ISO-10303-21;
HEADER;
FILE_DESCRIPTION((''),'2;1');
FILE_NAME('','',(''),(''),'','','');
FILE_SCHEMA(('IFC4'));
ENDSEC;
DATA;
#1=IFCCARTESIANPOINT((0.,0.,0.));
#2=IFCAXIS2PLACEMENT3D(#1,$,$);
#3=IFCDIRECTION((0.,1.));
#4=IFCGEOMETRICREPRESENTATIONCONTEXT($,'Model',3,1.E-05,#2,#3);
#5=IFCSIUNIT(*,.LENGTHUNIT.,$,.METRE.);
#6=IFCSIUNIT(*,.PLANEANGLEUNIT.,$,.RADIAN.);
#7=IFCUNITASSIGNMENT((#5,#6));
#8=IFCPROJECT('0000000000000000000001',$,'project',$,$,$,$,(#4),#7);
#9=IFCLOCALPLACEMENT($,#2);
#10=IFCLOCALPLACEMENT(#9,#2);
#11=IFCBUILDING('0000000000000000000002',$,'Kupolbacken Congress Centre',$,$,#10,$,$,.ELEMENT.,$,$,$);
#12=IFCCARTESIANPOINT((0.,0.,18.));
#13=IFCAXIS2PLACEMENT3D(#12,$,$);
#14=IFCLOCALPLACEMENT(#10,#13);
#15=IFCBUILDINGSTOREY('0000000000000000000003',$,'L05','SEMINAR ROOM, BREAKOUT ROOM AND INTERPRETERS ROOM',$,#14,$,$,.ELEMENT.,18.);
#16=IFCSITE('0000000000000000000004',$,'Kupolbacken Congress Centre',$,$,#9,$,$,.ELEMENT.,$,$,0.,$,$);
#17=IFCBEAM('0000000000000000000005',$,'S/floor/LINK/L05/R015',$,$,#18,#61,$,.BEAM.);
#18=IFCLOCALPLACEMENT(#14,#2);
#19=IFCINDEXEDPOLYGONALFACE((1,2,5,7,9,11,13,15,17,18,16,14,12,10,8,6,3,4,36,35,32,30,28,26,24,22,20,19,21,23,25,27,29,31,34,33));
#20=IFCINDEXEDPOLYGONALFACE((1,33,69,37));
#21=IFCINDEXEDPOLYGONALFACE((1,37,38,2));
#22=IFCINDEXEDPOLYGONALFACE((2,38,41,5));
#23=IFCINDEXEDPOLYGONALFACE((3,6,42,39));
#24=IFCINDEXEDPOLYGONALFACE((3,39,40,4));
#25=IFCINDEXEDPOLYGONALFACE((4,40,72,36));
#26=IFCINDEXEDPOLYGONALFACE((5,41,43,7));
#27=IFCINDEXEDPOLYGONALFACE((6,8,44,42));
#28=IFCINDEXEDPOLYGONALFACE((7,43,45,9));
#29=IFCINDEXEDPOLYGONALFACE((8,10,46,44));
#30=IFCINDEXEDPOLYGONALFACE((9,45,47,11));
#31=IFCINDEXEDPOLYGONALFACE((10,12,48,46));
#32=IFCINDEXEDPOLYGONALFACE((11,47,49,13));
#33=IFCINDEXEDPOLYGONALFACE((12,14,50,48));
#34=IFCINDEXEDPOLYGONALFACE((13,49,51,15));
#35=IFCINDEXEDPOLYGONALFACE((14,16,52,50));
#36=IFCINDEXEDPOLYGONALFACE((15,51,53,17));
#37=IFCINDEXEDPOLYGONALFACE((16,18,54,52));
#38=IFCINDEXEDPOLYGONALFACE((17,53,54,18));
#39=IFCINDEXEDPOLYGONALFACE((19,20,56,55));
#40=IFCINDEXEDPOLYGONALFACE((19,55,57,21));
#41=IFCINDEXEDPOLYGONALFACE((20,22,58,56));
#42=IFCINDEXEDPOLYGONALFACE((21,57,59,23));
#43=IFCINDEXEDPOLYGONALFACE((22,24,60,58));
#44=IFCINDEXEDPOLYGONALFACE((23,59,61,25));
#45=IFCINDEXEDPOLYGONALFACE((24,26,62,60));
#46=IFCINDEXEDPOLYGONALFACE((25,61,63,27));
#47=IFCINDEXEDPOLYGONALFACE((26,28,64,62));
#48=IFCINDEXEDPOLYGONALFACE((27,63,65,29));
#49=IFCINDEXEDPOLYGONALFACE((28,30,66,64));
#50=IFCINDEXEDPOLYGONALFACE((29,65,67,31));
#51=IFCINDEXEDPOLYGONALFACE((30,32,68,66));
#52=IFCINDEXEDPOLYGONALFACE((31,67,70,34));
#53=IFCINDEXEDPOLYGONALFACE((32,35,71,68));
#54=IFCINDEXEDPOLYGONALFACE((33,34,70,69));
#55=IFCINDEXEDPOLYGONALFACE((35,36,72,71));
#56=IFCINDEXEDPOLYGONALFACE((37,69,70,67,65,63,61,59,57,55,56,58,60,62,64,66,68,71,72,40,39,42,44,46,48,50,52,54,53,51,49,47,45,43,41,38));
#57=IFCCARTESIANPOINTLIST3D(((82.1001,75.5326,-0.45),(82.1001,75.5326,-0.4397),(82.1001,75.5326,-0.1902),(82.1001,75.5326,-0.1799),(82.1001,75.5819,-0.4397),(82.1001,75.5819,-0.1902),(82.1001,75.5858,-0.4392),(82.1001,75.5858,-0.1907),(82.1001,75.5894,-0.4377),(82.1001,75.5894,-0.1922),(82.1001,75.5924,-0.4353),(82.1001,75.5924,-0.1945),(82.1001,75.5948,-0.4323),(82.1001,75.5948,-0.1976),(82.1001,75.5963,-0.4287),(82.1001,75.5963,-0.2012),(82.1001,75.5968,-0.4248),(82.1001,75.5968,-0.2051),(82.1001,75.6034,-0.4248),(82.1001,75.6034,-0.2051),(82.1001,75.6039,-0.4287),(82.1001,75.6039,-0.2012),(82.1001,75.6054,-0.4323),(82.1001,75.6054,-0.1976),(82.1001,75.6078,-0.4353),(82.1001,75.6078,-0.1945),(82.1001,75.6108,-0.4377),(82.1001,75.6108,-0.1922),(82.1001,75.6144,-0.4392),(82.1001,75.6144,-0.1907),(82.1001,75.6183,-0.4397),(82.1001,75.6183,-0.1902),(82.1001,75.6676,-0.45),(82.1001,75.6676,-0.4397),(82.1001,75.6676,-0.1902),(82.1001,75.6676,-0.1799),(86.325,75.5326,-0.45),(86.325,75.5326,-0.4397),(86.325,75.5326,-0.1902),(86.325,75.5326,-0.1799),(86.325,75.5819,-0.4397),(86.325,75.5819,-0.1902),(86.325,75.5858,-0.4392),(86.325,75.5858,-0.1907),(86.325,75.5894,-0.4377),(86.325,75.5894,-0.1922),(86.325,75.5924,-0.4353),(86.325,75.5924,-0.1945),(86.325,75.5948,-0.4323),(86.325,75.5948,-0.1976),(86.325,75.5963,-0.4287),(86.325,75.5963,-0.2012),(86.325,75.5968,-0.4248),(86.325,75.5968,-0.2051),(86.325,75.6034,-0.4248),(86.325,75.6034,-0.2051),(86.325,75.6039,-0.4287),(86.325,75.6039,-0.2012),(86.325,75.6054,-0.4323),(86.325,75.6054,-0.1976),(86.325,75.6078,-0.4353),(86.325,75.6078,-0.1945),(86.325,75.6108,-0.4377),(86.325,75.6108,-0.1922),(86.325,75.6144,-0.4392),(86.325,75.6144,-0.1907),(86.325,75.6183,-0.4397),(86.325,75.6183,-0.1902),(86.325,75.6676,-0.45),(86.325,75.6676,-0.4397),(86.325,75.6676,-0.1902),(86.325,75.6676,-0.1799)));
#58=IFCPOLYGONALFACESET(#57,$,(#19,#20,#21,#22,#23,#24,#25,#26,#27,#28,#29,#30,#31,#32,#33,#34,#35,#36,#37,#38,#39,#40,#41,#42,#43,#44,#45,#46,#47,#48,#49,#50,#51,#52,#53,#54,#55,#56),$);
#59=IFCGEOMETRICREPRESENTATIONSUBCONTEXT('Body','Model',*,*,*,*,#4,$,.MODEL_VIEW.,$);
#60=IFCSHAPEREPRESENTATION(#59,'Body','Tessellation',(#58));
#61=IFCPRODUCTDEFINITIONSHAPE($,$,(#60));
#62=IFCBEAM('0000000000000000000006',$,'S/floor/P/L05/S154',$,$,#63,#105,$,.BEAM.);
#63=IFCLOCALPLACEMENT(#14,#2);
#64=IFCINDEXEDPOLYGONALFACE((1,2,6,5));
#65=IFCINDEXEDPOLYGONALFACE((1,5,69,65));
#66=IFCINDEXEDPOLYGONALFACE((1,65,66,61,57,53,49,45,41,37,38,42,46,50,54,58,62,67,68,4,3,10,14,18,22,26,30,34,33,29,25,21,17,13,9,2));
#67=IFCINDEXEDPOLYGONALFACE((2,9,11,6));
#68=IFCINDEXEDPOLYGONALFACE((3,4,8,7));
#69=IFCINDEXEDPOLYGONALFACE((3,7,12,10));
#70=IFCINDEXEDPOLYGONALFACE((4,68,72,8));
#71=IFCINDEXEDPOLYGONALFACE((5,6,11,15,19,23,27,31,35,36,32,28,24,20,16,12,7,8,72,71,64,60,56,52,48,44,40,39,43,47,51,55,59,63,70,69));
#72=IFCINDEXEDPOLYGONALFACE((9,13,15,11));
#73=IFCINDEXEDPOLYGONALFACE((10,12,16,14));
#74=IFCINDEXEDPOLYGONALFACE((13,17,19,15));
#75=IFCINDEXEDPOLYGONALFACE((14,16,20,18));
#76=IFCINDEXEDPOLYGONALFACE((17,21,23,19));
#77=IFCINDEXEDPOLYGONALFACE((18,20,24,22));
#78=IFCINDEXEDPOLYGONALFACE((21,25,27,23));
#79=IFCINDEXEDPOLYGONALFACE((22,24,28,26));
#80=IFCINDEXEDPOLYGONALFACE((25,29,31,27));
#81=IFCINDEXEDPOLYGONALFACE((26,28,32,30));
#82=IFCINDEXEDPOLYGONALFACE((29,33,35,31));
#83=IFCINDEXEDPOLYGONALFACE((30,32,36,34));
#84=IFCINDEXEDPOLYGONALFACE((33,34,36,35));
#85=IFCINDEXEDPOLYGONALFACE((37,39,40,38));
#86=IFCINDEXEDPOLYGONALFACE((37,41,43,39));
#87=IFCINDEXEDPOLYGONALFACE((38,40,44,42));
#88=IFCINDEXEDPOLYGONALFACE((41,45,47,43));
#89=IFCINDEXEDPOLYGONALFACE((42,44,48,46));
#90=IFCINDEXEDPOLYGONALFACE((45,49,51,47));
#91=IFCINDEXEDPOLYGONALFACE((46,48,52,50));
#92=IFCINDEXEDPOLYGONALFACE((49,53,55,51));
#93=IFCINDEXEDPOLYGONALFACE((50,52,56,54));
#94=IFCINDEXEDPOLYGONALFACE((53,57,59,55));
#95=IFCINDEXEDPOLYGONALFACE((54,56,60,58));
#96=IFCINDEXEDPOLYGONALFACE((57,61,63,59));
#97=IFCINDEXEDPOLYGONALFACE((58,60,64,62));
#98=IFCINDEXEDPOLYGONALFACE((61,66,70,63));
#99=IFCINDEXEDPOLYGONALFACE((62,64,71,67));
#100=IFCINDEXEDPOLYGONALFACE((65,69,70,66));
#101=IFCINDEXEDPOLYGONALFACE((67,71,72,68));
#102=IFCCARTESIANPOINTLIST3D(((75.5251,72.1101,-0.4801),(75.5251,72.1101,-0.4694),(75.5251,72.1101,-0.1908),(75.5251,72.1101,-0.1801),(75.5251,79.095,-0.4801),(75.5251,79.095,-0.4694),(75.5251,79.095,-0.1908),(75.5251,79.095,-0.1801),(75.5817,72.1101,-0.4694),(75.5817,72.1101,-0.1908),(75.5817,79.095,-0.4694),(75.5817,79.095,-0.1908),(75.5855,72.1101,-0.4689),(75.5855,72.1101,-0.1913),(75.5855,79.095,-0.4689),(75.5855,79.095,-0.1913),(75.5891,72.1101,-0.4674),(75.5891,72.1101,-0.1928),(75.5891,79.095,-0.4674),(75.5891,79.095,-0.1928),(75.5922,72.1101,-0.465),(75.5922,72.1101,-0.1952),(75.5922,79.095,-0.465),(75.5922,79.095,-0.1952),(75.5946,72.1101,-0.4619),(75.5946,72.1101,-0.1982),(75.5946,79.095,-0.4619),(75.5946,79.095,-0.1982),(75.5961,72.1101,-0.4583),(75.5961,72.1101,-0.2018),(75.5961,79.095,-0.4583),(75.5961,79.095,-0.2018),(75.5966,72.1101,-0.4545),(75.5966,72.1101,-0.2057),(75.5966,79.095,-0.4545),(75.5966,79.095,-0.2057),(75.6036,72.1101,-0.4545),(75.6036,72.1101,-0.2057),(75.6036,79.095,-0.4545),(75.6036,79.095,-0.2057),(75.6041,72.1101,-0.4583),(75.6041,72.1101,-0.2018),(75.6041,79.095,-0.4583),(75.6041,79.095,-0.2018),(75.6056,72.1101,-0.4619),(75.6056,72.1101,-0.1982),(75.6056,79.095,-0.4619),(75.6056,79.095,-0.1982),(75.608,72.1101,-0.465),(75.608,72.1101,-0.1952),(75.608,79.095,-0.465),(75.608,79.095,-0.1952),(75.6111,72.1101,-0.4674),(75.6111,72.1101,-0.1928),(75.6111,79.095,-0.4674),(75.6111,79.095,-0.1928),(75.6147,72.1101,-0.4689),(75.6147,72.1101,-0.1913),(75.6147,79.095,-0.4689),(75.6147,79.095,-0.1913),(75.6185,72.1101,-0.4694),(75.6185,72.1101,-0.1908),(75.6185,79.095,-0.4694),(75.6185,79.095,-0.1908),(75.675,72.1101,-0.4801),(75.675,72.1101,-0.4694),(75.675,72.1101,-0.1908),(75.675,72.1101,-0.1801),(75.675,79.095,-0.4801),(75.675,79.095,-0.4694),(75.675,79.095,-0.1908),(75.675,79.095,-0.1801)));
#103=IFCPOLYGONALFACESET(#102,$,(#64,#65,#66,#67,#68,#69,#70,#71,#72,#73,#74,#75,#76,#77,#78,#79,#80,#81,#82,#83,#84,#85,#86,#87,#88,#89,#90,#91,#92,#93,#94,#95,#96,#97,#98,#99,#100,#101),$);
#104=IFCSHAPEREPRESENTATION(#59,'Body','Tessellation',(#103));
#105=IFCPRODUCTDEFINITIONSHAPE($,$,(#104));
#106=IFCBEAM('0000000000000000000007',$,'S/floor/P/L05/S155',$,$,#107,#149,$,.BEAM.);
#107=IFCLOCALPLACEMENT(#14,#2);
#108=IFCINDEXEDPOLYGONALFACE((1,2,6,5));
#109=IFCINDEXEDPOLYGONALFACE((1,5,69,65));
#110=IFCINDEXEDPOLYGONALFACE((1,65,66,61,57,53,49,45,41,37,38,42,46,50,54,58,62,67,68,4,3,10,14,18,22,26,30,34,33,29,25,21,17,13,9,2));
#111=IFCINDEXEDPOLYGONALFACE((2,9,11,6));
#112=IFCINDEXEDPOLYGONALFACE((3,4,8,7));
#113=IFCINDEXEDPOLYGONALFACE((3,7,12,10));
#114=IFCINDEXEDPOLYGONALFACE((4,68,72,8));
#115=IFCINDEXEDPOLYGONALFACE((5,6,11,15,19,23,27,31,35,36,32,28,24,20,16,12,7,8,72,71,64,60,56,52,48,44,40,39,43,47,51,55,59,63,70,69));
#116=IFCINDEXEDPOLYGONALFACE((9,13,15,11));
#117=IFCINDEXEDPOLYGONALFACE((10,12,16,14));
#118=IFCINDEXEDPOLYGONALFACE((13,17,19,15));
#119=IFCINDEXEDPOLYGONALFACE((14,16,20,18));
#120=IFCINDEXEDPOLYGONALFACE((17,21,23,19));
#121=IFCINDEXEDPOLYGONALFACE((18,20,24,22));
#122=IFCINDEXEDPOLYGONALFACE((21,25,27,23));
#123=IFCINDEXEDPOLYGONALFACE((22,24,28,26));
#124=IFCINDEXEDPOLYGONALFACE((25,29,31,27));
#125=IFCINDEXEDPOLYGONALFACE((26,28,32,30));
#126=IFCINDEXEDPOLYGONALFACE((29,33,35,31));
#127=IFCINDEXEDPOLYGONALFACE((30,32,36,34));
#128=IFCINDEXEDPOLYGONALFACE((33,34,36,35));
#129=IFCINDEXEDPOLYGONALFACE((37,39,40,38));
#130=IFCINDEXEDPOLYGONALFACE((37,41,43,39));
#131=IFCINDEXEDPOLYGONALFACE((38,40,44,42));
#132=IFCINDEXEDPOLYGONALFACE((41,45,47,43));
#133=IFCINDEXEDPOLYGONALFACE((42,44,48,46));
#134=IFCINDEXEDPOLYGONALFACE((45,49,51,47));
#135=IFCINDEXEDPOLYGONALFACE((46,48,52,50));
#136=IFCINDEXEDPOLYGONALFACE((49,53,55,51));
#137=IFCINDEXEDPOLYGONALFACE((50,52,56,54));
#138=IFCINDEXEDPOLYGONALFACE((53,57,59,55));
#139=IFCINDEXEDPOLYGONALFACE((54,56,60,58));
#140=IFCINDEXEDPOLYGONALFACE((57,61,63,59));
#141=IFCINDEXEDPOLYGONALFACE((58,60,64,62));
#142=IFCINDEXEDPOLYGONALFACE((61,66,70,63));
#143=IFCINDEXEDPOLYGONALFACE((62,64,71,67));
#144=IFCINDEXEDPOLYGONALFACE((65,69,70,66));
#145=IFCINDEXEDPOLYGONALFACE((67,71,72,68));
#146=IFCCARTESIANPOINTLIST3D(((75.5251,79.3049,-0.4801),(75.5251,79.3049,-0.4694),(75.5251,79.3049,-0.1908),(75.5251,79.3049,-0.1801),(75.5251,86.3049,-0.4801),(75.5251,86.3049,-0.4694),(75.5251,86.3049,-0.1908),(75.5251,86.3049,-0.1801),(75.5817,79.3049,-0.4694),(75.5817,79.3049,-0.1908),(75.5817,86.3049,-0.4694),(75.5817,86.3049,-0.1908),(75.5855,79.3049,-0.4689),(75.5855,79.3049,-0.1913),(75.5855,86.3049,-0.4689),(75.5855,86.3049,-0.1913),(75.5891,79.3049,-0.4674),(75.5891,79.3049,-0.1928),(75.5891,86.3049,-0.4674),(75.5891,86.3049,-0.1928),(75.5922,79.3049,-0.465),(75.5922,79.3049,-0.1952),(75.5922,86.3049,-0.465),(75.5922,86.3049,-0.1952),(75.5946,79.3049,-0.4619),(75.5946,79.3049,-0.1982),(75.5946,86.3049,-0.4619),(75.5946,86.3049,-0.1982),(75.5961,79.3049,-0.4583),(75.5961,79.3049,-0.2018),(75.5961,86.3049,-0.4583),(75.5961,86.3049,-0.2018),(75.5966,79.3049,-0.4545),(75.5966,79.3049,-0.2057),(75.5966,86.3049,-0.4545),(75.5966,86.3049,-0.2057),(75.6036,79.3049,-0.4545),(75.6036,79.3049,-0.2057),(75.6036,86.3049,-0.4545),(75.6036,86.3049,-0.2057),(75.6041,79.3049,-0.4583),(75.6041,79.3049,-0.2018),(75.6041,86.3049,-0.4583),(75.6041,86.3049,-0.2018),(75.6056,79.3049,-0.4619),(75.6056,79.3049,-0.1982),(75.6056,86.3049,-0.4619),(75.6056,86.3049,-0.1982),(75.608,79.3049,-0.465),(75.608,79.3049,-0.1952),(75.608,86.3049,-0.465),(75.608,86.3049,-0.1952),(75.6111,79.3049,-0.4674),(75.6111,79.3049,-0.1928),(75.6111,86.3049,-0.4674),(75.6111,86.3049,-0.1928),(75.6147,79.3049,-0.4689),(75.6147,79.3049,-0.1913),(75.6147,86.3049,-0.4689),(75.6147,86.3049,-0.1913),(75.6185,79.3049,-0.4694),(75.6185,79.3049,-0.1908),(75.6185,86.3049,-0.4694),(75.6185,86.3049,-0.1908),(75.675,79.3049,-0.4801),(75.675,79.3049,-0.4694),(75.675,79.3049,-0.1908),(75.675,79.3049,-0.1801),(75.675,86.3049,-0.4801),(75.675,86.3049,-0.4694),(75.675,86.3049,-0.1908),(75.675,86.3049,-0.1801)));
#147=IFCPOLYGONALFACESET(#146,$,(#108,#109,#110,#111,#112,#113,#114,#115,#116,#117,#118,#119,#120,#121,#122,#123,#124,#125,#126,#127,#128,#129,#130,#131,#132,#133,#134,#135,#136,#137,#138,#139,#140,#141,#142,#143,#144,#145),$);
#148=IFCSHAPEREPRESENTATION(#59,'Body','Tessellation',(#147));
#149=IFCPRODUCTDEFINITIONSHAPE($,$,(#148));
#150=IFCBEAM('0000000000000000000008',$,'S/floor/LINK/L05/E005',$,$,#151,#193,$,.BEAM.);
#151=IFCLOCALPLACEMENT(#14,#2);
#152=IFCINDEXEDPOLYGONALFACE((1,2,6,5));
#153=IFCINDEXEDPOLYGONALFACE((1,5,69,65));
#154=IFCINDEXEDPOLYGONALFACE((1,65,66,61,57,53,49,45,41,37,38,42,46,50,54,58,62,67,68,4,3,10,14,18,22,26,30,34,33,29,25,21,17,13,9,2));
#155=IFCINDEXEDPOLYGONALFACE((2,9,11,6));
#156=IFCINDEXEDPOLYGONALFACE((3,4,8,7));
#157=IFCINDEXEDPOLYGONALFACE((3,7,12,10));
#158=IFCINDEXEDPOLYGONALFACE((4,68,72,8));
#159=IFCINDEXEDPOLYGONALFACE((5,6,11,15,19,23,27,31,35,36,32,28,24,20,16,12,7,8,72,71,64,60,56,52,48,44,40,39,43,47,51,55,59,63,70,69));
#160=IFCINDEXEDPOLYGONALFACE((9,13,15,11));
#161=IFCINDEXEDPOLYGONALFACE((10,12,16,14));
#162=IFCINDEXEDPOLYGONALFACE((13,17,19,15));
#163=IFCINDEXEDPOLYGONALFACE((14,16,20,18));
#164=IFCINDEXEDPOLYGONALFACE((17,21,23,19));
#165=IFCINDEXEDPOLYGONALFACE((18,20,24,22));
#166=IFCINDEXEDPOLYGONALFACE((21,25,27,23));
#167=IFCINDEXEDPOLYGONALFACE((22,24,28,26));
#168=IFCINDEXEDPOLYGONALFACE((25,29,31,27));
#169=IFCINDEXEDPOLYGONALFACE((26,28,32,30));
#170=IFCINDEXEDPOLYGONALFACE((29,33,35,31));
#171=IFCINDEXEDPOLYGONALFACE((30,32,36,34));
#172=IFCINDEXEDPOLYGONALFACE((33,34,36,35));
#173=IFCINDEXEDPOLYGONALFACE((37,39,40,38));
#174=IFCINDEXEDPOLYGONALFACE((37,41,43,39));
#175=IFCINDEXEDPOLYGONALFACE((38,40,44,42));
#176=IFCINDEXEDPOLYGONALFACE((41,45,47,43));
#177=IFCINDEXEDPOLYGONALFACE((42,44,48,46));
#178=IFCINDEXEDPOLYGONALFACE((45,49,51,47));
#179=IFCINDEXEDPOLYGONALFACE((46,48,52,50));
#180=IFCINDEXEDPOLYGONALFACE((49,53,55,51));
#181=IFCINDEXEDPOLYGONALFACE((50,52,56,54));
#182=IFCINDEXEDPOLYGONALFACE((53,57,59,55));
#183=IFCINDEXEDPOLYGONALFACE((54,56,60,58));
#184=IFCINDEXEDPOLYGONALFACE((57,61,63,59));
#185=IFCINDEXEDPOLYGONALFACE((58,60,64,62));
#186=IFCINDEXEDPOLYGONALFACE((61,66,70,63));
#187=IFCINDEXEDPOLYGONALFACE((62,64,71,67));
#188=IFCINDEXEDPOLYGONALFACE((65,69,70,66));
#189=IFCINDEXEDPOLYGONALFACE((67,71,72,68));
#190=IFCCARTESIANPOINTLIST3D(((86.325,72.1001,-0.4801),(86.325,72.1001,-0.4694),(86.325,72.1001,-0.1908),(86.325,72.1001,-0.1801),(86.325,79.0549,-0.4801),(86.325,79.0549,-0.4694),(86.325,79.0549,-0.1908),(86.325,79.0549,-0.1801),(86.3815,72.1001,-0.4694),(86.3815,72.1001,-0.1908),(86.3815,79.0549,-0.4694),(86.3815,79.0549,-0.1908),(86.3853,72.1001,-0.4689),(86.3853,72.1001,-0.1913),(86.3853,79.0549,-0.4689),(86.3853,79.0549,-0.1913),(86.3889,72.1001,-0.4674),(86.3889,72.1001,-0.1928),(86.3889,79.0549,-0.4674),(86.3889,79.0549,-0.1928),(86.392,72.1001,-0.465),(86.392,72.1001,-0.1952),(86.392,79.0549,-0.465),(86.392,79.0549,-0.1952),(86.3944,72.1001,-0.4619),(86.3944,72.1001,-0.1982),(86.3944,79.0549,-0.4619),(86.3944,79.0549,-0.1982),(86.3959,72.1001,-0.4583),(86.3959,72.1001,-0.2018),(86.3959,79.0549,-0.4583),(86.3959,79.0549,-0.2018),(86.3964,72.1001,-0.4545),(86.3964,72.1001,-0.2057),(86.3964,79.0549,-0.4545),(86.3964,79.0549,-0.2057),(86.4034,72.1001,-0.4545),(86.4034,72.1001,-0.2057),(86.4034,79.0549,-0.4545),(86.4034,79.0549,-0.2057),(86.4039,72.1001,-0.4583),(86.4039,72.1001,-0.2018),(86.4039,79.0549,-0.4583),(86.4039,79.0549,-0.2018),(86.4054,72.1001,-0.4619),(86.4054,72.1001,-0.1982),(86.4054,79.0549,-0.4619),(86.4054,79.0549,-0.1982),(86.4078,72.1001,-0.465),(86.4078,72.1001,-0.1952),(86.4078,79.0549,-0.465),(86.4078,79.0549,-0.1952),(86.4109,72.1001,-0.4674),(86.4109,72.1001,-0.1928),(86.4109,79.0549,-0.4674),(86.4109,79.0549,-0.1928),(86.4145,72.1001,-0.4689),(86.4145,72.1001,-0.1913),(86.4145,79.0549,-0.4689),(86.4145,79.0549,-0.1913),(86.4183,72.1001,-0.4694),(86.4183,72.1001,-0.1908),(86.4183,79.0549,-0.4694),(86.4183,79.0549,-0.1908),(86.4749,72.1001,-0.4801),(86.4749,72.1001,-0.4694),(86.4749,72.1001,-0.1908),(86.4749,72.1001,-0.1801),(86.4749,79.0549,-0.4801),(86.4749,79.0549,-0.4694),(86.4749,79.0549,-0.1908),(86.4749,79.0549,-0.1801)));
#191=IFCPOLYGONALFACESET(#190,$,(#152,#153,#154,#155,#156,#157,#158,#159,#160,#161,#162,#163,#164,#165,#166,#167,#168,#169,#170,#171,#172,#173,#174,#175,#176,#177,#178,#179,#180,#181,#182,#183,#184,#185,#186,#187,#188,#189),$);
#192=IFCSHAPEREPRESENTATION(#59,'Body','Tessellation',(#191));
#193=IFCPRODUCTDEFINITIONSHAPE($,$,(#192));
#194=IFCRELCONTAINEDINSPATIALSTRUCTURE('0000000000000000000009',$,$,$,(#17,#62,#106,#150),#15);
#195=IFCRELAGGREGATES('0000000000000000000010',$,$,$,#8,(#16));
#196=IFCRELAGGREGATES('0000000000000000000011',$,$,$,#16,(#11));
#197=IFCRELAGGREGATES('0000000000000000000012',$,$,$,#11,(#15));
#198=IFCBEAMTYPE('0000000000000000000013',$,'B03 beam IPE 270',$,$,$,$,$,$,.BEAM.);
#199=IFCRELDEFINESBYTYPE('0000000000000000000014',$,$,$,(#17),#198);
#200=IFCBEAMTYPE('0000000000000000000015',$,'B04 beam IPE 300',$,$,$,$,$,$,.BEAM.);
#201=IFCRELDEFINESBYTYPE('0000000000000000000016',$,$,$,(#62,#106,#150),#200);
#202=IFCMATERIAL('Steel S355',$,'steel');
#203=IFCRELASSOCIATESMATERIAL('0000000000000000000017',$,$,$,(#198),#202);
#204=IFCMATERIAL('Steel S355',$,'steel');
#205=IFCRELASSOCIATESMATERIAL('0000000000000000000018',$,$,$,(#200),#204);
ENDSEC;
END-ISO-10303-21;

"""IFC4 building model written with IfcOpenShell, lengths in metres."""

from ifc_helpers import new_model, si_unit, direction, frame, origin, origin_2d, place, context, subcontext, project, spatial, i_section, extrude, material, material_profile, profile_set, type_object, element, save


model = new_model("IFC4")

# Units and contexts
model_context = context("Model", 3, precision=1e-05, world=origin(), true_north=direction((0.0, 1.0)))
body_context = subcontext(model_context, "Body", "Model", "MODEL_VIEW")
ifc_project = project(units=[si_unit("LENGTHUNIT", "METRE"), si_unit("PLANEANGLEUNIT", "RADIAN")], contexts=[model_context])

# Site, building, storey
site_placement = place(None, origin())
site = spatial("IfcSite", under=ifc_project, at=site_placement, Name="Kupolbacken Congress Centre", CompositionType="ELEMENT", RefElevation=0.0)
building_placement = place(site_placement, origin())
building = spatial("IfcBuilding", under=site, at=building_placement, Name="Kupolbacken Congress Centre", CompositionType="ELEMENT")
storey_placement = place(building_placement, frame((0.0, 0.0, 18.0)))
storey = spatial("IfcBuildingStorey", under=building, at=storey_placement, Name="L05", Description="SEMINAR ROOM, BREAKOUT ROOM AND INTERPRETERS ROOM", CompositionType="ELEMENT", Elevation=18.0)

# Beams
ifc_material_1 = material(Name="Steel S355", Category="steel")
ifc_material_profile_1 = material_profile(ifc_material_1, i_section(OverallWidth=0.135, OverallDepth=0.27, WebThickness=0.0066, FlangeThickness=0.0103, FilletRadius=0.0149, at=origin_2d()), Name="IPE 270")
ifc_profile_set_1 = profile_set([ifc_material_profile_1], Name="Steel S355")
beam_type_1 = type_object("IfcBeamType", Name="B03 beam IPE 270", PredefinedType="BEAM", material=ifc_profile_set_1)
beam_1_placement = place(storey_placement, frame((82.1001, 75.6001, -0.3149), z_axis=(1.0, 0.0, 0.0), x_axis=(0.0, 1.0, 0.0)))
element("IfcBeam", 1, at=beam_1_placement, inside=storey, type_object=beam_type_1, Name="S/floor/LINK/L05/R015", PredefinedType="BEAM", context=body_context, shape_type="SweptSolid", body=[
    extrude(i_section(OverallWidth=0.135, OverallDepth=0.27, WebThickness=0.0066, FlangeThickness=0.0103, FilletRadius=0.0149, at=origin_2d()), origin(), (0.0, 0.0, 1.0), 4.2249),
])
ifc_material_2 = material(Name="Steel S355", Category="steel")
ifc_material_profile_2 = material_profile(ifc_material_2, i_section(OverallWidth=0.1499, OverallDepth=0.3, WebThickness=0.0071, FlangeThickness=0.0107, FilletRadius=0.0149, at=origin_2d()), Name="IPE 300")
ifc_profile_set_2 = profile_set([ifc_material_profile_2], Name="Steel S355")
beam_type_2 = type_object("IfcBeamType", Name="B04 beam IPE 300", PredefinedType="BEAM", material=ifc_profile_set_2)
beam_2_placement = place(storey_placement, frame((75.6001, 72.1101, -0.3301), z_axis=(0.0, 1.0, 0.0), x_axis=(-1.0, 0.0, 0.0)))
element("IfcBeam", 2, at=beam_2_placement, inside=storey, type_object=beam_type_2, Name="S/floor/P/L05/S154", PredefinedType="BEAM", context=body_context, shape_type="SweptSolid", body=[
    extrude(i_section(OverallWidth=0.1499, OverallDepth=0.3, WebThickness=0.0071, FlangeThickness=0.0107, FilletRadius=0.0149, at=origin_2d()), origin(), (0.0, 0.0, 1.0), 6.9849),
])
beam_3_placement = place(storey_placement, frame((75.6001, 79.3049, -0.3301), z_axis=(0.0, 1.0, 0.0), x_axis=(-1.0, 0.0, 0.0)))
element("IfcBeam", 3, at=beam_3_placement, inside=storey, type_object=beam_type_2, Name="S/floor/P/L05/S155", PredefinedType="BEAM", context=body_context, shape_type="SweptSolid", body=[
    extrude(i_section(OverallWidth=0.1499, OverallDepth=0.3, WebThickness=0.0071, FlangeThickness=0.0107, FilletRadius=0.0149, at=origin_2d()), origin(), (0.0, 0.0, 1.0), 7.0),
])
beam_4_placement = place(storey_placement, frame((86.3999, 72.1001, -0.3301), z_axis=(0.0, 1.0, 0.0), x_axis=(-1.0, 0.0, 0.0)))
element("IfcBeam", 4, at=beam_4_placement, inside=storey, type_object=beam_type_2, Name="S/floor/LINK/L05/E005", PredefinedType="BEAM", context=body_context, shape_type="SweptSolid", body=[
    extrude(i_section(OverallWidth=0.1499, OverallDepth=0.3, WebThickness=0.0071, FlangeThickness=0.0107, FilletRadius=0.0149, at=origin_2d()), origin(), (0.0, 0.0, 1.0), 6.9548),
])

save(model, "model.ifc")
